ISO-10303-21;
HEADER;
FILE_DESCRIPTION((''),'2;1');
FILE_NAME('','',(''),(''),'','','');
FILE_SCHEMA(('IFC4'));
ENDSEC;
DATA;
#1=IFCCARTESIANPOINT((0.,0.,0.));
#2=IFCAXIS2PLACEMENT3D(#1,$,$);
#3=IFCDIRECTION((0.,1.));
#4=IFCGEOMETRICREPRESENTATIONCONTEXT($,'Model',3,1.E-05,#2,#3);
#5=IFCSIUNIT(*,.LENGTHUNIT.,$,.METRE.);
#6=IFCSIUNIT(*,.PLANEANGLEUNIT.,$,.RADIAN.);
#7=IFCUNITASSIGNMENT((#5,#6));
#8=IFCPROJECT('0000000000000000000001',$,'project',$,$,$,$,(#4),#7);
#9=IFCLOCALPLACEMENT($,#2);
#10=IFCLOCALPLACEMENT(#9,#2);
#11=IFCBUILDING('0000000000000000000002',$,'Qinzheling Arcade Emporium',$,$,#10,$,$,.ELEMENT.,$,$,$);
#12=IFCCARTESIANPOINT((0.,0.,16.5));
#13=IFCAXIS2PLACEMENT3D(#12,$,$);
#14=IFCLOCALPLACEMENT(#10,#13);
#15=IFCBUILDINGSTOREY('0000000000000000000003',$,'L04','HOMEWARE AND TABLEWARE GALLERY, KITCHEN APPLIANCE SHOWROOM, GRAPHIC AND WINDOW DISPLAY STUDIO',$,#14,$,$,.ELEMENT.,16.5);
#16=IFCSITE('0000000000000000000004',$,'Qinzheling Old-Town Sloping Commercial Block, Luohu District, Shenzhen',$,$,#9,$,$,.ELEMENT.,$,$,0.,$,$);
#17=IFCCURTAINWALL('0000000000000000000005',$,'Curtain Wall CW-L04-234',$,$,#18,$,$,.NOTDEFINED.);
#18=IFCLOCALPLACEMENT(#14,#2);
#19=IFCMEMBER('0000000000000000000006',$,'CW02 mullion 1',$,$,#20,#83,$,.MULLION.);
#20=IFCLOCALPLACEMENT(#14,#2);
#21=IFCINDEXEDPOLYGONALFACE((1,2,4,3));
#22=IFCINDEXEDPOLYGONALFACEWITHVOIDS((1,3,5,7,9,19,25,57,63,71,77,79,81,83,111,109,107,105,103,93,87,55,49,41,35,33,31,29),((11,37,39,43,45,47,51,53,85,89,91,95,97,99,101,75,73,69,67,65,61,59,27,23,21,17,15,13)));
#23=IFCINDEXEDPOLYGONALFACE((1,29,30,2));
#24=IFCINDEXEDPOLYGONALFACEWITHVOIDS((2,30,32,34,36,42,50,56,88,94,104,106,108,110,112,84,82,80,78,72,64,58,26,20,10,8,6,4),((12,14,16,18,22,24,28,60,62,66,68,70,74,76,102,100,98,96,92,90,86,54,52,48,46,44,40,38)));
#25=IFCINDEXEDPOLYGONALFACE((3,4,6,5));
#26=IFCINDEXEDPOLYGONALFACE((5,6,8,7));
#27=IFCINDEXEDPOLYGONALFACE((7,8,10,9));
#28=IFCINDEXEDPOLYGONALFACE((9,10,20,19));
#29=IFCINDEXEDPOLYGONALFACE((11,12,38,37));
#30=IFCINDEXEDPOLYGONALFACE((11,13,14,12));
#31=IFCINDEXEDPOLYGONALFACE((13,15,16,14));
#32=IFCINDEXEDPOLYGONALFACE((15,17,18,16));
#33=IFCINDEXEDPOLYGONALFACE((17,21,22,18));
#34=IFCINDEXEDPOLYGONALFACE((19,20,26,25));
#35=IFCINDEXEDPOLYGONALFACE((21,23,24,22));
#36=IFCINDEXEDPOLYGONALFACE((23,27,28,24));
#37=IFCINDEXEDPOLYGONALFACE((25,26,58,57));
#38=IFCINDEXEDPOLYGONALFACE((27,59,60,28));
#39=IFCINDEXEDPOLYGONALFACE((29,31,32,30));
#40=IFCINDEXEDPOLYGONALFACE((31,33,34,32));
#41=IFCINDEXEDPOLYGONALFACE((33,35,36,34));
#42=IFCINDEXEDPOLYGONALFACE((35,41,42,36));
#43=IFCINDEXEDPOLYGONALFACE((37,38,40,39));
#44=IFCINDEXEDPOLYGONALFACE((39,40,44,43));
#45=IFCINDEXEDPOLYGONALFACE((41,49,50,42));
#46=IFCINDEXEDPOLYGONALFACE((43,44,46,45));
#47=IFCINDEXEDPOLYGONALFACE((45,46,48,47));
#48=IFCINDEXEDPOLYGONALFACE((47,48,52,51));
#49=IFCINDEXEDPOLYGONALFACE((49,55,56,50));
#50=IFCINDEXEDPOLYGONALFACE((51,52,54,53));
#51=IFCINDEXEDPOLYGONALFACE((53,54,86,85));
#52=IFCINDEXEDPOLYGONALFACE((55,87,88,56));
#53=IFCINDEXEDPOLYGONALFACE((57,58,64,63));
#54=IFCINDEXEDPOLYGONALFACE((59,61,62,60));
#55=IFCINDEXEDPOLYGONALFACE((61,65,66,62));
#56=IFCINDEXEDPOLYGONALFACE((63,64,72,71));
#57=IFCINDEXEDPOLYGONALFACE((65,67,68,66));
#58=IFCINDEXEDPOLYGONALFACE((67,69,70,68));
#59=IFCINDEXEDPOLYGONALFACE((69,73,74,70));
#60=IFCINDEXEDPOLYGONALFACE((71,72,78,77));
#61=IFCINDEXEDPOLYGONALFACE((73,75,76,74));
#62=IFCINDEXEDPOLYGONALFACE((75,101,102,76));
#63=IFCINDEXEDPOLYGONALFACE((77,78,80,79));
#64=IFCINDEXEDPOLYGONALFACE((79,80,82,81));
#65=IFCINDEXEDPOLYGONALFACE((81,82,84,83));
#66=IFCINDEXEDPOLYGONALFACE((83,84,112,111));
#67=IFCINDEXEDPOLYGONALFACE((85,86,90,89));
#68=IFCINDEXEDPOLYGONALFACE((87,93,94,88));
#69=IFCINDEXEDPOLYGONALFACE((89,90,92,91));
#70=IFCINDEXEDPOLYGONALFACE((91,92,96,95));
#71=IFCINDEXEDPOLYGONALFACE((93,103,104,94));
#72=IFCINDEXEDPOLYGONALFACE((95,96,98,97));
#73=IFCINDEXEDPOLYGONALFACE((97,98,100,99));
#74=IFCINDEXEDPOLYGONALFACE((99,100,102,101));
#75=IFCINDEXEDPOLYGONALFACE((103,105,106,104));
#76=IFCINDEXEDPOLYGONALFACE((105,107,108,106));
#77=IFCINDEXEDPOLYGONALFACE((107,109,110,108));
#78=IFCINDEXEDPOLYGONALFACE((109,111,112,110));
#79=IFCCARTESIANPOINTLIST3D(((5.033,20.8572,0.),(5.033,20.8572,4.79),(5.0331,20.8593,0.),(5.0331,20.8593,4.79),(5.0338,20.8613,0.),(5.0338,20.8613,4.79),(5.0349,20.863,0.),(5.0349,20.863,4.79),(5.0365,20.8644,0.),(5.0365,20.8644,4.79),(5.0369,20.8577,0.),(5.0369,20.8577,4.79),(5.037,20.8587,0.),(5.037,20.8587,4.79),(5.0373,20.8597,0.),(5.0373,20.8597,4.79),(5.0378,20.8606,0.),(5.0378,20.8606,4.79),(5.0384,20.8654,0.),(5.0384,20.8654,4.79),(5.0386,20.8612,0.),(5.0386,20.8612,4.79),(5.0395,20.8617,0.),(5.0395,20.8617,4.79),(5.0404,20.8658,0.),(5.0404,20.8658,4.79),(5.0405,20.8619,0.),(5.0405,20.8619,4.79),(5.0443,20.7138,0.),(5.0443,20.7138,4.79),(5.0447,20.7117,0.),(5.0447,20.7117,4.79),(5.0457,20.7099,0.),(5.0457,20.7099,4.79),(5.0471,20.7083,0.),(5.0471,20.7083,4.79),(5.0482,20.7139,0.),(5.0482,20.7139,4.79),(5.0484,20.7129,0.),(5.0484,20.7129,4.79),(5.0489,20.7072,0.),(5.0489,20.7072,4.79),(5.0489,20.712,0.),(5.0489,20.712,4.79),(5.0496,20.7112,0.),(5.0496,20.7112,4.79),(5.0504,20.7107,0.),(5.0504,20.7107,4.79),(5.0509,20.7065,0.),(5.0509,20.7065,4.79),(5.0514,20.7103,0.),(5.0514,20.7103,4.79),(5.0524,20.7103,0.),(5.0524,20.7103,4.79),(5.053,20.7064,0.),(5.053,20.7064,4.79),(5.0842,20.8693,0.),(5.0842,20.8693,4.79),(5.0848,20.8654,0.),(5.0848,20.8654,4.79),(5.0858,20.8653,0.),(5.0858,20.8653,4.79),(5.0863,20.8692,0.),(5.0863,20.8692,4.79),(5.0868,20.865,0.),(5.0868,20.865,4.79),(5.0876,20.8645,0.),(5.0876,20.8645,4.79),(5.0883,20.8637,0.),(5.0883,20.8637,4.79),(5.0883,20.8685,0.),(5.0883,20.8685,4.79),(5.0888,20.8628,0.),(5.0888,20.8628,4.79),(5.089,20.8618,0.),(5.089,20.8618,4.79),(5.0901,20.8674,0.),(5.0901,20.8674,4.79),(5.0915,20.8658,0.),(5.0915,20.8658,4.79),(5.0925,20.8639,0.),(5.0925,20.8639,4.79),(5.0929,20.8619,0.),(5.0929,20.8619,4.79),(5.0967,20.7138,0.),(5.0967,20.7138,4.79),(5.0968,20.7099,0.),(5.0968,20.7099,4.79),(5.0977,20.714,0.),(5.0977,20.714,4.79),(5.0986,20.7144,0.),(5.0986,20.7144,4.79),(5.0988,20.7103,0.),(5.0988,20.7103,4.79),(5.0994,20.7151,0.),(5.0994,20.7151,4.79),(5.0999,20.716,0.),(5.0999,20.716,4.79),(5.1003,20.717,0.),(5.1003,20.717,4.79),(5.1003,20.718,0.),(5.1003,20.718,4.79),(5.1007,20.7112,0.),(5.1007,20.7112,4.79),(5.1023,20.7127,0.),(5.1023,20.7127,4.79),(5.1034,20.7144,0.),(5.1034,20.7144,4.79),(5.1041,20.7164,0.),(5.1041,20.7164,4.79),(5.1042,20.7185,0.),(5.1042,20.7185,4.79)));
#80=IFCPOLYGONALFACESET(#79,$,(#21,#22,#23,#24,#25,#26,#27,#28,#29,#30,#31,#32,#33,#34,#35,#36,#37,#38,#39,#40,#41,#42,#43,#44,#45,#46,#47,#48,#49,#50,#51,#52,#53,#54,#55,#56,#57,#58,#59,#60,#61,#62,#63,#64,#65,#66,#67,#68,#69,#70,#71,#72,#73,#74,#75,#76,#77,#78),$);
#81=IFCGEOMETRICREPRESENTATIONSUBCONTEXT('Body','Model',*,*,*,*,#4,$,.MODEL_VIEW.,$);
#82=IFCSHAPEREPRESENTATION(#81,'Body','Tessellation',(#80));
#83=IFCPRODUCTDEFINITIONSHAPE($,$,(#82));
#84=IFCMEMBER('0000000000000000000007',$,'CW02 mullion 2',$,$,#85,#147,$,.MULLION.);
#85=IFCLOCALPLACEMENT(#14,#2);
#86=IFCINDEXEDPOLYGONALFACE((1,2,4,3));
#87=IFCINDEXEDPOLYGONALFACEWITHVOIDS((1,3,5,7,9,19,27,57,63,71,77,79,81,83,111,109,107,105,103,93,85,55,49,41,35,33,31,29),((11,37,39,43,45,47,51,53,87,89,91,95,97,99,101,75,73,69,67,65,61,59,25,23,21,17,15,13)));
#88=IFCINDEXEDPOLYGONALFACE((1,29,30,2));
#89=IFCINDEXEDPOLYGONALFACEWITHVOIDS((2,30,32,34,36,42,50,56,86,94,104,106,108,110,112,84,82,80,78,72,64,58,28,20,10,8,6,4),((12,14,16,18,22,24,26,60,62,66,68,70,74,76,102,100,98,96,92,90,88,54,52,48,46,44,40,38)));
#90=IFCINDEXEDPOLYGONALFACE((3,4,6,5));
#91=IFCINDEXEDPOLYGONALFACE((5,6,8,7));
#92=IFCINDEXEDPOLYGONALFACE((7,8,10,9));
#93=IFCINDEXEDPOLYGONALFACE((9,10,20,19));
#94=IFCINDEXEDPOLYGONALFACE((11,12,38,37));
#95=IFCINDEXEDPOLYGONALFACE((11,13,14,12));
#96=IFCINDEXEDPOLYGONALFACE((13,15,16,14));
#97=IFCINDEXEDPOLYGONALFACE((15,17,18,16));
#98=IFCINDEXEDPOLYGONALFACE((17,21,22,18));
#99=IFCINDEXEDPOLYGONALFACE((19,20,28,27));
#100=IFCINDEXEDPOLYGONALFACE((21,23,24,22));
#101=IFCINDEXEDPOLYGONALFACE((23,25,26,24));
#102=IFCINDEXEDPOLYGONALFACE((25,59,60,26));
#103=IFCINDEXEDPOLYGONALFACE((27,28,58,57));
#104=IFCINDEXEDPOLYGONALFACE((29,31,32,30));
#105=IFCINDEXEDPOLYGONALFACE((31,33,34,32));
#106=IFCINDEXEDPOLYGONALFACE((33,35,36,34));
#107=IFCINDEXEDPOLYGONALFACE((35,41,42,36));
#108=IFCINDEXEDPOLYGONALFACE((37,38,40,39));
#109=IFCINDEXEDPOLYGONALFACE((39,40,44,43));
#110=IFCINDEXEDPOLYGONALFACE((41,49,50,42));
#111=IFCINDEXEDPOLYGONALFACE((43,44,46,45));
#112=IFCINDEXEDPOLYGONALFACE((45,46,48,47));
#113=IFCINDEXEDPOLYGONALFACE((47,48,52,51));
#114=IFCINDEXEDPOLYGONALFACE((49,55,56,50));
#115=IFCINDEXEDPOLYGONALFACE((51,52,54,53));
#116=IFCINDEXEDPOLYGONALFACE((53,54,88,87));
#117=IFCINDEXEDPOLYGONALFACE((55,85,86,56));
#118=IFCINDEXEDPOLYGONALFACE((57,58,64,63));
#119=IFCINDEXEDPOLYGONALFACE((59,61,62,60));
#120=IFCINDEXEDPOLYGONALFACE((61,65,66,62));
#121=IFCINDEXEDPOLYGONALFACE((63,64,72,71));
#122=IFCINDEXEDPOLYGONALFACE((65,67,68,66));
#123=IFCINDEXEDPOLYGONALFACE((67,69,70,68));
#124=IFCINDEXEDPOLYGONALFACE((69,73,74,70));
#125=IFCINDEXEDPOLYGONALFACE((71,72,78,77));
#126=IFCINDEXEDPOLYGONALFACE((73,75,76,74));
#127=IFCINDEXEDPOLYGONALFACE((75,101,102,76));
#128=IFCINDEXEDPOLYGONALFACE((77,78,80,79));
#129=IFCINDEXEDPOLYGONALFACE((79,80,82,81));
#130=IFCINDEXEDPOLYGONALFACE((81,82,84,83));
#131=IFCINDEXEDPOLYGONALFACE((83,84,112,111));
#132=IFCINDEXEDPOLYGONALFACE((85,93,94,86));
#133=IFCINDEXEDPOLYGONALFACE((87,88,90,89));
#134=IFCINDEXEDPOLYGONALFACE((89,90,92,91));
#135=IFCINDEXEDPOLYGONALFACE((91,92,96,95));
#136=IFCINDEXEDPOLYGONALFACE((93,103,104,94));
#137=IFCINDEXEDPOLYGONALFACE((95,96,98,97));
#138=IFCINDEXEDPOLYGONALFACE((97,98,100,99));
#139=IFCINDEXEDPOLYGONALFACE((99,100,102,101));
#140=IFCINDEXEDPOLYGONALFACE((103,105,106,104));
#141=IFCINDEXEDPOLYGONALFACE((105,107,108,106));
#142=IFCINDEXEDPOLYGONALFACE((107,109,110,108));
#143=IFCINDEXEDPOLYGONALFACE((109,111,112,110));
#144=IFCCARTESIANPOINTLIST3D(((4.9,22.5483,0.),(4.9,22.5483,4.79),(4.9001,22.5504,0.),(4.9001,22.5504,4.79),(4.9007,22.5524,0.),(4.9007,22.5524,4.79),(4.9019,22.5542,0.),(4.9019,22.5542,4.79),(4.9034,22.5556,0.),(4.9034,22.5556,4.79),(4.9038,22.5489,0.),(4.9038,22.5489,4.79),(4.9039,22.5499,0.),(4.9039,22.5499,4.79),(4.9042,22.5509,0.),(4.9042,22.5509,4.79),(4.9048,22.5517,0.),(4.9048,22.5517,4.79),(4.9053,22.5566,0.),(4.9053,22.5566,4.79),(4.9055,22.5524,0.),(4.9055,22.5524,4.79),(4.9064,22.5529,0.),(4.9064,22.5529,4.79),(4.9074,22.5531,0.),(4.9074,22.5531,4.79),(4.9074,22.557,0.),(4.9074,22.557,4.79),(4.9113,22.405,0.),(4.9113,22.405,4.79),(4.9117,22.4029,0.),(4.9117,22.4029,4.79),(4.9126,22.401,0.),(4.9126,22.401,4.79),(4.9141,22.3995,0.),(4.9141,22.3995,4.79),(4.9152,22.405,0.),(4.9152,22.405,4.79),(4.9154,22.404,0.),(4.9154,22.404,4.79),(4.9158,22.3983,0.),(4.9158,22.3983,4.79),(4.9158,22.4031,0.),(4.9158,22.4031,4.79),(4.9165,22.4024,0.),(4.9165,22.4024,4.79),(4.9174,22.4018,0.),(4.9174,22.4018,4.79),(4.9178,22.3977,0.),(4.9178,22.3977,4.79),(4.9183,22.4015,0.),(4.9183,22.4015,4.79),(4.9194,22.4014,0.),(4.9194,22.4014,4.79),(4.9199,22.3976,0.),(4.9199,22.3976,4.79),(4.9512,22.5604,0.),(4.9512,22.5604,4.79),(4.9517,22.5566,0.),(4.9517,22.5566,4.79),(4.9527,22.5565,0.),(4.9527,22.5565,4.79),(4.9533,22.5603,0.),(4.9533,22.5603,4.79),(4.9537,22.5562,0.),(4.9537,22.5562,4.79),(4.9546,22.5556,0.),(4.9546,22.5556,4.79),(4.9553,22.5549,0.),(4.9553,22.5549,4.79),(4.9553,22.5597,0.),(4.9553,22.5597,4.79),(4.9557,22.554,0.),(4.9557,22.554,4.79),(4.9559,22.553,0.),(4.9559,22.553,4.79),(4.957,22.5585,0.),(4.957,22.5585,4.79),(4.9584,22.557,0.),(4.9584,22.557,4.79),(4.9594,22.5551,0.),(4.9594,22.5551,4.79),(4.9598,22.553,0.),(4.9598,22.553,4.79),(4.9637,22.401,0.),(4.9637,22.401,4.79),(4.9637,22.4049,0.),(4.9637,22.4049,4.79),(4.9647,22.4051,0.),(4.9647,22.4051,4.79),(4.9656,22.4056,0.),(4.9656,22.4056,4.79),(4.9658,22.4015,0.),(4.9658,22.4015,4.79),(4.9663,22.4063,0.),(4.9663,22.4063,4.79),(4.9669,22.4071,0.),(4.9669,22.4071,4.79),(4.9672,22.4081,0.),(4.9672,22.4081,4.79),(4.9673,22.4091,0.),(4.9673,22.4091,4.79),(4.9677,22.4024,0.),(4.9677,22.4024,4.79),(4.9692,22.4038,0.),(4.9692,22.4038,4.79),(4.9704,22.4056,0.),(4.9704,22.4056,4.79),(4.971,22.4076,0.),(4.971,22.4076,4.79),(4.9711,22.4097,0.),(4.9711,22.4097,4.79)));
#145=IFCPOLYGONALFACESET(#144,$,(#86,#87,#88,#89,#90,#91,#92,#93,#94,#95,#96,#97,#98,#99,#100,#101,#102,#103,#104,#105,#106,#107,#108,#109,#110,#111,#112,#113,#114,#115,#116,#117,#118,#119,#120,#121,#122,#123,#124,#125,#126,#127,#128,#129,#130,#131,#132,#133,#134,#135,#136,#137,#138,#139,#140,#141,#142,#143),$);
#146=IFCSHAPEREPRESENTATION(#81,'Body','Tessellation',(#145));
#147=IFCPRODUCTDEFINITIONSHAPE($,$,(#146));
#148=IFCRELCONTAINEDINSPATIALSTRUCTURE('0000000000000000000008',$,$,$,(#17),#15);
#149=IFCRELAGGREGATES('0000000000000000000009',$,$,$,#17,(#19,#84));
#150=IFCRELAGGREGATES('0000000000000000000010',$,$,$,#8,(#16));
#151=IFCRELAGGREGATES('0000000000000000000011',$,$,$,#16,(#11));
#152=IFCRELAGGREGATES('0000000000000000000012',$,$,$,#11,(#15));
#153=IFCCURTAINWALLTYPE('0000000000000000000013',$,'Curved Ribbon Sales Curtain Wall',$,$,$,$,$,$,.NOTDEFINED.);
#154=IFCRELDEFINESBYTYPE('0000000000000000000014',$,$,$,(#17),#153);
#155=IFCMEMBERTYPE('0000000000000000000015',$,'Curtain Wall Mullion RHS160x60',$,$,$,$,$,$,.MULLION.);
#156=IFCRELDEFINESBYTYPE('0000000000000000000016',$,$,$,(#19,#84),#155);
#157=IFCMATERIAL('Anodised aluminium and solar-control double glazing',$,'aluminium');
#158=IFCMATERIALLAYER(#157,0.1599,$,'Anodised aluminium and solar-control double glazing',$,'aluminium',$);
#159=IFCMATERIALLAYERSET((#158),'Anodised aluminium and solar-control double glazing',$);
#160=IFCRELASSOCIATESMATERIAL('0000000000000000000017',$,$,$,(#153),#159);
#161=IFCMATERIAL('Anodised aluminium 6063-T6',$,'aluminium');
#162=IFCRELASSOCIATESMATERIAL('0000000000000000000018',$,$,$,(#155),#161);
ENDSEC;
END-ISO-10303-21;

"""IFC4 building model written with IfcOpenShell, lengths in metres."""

from ifc_helpers import new_model, si_unit, direction, frame, origin, origin_2d, place, context, subcontext, project, spatial, hollow_rectangle, extrude, material, layer, layer_set, material_profile, profile_set, type_object, element, aggregate, save


model = new_model("IFC4")

# Units and contexts
model_context = context("Model", 3, precision=1e-05, world=origin(), true_north=direction((0.0, 1.0)))
body_context = subcontext(model_context, "Body", "Model", "MODEL_VIEW")
ifc_project = project(units=[si_unit("LENGTHUNIT", "METRE"), si_unit("PLANEANGLEUNIT", "RADIAN")], contexts=[model_context])

# Site, building, storey
site_placement = place(None, origin())
site = spatial("IfcSite", under=ifc_project, at=site_placement, Name="Qinzheling Old-Town Sloping Commercial Block, Luohu District, Shenzhen", CompositionType="ELEMENT", RefElevation=0.0)
building_placement = place(site_placement, origin())
building = spatial("IfcBuilding", under=site, at=building_placement, Name="Qinzheling Arcade Emporium", CompositionType="ELEMENT")
storey_placement = place(building_placement, frame((0.0, 0.0, 16.5)))
storey = spatial("IfcBuildingStorey", under=building, at=storey_placement, Name="L04", Description="HOMEWARE AND TABLEWARE GALLERY, KITCHEN APPLIANCE SHOWROOM, GRAPHIC AND WINDOW DISPLAY STUDIO", CompositionType="ELEMENT", Elevation=16.5)

# Curtain wall, members
ifc_material_1 = material(Name="Anodised aluminium and solar-control double glazing", Category="aluminium")
ifc_layer_1 = layer(ifc_material_1, 0.1599, Name="Anodised aluminium and solar-control double glazing", Category="aluminium")
ifc_layer_set_1 = layer_set([ifc_layer_1], Name="Anodised aluminium and solar-control double glazing")
curtain_wall_type_1 = type_object("IfcCurtainWallType", Name="Curved Ribbon Sales Curtain Wall", PredefinedType="NOTDEFINED", material=ifc_layer_set_1)
ifc_material_2 = material(Name="Anodised aluminium 6063-T6", Category="aluminium")
ifc_material_profile_1 = material_profile(ifc_material_2, hollow_rectangle(XDim=0.0601, YDim=0.1599, WallThickness=0.0039, InnerFilletRadius=0.0039, OuterFilletRadius=0.0081, at=origin_2d()), Name="RHS 160x60x4", Category="aluminium")
ifc_profile_set_1 = profile_set([ifc_material_profile_1], Name="Anodised aluminium 6063-T6")
member_type_1 = type_object("IfcMemberType", Name="Curtain Wall Mullion RHS160x60", PredefinedType="MULLION", material=ifc_profile_set_1)
curtain_wall_1_placement = place(storey_placement, origin())
curtain_wall_1 = element("IfcCurtainWall", 1, at=curtain_wall_1_placement, inside=storey, type_object=curtain_wall_type_1, Name="Curtain Wall CW-L04-234", PredefinedType="NOTDEFINED")
member_1_placement = place(storey_placement, frame((5.0686, 20.7878, 0.0), z_axis=(0.0, 0.0, 1.0), x_axis=(-0.996915, -0.07849, 0.0)))
member_1 = element("IfcMember", 2, at=member_1_placement, type_object=member_type_1, Name="CW02 mullion 1", PredefinedType="MULLION", context=body_context, shape_type="SweptSolid", body=[
    extrude(hollow_rectangle(XDim=0.0601, YDim=0.1599, WallThickness=0.0039, InnerFilletRadius=0.0039, OuterFilletRadius=0.0081, at=origin_2d()), origin(), (0.0, 0.0, 1.0), 4.79),
])
member_2_placement = place(storey_placement, frame((4.9355, 22.479, 0.0), z_axis=(0.0, 0.0, 1.0), x_axis=(-0.996915, -0.07849, 0.0)))
member_2 = element("IfcMember", 3, at=member_2_placement, type_object=member_type_1, Name="CW02 mullion 2", PredefinedType="MULLION", context=body_context, shape_type="SweptSolid", body=[
    extrude(hollow_rectangle(XDim=0.0601, YDim=0.1599, WallThickness=0.0039, InnerFilletRadius=0.0039, OuterFilletRadius=0.0081, at=origin_2d()), origin(), (0.0, 0.0, 1.0), 4.79),
])

aggregate(curtain_wall_1, [member_1, member_2])

save(model, "model.ifc")
